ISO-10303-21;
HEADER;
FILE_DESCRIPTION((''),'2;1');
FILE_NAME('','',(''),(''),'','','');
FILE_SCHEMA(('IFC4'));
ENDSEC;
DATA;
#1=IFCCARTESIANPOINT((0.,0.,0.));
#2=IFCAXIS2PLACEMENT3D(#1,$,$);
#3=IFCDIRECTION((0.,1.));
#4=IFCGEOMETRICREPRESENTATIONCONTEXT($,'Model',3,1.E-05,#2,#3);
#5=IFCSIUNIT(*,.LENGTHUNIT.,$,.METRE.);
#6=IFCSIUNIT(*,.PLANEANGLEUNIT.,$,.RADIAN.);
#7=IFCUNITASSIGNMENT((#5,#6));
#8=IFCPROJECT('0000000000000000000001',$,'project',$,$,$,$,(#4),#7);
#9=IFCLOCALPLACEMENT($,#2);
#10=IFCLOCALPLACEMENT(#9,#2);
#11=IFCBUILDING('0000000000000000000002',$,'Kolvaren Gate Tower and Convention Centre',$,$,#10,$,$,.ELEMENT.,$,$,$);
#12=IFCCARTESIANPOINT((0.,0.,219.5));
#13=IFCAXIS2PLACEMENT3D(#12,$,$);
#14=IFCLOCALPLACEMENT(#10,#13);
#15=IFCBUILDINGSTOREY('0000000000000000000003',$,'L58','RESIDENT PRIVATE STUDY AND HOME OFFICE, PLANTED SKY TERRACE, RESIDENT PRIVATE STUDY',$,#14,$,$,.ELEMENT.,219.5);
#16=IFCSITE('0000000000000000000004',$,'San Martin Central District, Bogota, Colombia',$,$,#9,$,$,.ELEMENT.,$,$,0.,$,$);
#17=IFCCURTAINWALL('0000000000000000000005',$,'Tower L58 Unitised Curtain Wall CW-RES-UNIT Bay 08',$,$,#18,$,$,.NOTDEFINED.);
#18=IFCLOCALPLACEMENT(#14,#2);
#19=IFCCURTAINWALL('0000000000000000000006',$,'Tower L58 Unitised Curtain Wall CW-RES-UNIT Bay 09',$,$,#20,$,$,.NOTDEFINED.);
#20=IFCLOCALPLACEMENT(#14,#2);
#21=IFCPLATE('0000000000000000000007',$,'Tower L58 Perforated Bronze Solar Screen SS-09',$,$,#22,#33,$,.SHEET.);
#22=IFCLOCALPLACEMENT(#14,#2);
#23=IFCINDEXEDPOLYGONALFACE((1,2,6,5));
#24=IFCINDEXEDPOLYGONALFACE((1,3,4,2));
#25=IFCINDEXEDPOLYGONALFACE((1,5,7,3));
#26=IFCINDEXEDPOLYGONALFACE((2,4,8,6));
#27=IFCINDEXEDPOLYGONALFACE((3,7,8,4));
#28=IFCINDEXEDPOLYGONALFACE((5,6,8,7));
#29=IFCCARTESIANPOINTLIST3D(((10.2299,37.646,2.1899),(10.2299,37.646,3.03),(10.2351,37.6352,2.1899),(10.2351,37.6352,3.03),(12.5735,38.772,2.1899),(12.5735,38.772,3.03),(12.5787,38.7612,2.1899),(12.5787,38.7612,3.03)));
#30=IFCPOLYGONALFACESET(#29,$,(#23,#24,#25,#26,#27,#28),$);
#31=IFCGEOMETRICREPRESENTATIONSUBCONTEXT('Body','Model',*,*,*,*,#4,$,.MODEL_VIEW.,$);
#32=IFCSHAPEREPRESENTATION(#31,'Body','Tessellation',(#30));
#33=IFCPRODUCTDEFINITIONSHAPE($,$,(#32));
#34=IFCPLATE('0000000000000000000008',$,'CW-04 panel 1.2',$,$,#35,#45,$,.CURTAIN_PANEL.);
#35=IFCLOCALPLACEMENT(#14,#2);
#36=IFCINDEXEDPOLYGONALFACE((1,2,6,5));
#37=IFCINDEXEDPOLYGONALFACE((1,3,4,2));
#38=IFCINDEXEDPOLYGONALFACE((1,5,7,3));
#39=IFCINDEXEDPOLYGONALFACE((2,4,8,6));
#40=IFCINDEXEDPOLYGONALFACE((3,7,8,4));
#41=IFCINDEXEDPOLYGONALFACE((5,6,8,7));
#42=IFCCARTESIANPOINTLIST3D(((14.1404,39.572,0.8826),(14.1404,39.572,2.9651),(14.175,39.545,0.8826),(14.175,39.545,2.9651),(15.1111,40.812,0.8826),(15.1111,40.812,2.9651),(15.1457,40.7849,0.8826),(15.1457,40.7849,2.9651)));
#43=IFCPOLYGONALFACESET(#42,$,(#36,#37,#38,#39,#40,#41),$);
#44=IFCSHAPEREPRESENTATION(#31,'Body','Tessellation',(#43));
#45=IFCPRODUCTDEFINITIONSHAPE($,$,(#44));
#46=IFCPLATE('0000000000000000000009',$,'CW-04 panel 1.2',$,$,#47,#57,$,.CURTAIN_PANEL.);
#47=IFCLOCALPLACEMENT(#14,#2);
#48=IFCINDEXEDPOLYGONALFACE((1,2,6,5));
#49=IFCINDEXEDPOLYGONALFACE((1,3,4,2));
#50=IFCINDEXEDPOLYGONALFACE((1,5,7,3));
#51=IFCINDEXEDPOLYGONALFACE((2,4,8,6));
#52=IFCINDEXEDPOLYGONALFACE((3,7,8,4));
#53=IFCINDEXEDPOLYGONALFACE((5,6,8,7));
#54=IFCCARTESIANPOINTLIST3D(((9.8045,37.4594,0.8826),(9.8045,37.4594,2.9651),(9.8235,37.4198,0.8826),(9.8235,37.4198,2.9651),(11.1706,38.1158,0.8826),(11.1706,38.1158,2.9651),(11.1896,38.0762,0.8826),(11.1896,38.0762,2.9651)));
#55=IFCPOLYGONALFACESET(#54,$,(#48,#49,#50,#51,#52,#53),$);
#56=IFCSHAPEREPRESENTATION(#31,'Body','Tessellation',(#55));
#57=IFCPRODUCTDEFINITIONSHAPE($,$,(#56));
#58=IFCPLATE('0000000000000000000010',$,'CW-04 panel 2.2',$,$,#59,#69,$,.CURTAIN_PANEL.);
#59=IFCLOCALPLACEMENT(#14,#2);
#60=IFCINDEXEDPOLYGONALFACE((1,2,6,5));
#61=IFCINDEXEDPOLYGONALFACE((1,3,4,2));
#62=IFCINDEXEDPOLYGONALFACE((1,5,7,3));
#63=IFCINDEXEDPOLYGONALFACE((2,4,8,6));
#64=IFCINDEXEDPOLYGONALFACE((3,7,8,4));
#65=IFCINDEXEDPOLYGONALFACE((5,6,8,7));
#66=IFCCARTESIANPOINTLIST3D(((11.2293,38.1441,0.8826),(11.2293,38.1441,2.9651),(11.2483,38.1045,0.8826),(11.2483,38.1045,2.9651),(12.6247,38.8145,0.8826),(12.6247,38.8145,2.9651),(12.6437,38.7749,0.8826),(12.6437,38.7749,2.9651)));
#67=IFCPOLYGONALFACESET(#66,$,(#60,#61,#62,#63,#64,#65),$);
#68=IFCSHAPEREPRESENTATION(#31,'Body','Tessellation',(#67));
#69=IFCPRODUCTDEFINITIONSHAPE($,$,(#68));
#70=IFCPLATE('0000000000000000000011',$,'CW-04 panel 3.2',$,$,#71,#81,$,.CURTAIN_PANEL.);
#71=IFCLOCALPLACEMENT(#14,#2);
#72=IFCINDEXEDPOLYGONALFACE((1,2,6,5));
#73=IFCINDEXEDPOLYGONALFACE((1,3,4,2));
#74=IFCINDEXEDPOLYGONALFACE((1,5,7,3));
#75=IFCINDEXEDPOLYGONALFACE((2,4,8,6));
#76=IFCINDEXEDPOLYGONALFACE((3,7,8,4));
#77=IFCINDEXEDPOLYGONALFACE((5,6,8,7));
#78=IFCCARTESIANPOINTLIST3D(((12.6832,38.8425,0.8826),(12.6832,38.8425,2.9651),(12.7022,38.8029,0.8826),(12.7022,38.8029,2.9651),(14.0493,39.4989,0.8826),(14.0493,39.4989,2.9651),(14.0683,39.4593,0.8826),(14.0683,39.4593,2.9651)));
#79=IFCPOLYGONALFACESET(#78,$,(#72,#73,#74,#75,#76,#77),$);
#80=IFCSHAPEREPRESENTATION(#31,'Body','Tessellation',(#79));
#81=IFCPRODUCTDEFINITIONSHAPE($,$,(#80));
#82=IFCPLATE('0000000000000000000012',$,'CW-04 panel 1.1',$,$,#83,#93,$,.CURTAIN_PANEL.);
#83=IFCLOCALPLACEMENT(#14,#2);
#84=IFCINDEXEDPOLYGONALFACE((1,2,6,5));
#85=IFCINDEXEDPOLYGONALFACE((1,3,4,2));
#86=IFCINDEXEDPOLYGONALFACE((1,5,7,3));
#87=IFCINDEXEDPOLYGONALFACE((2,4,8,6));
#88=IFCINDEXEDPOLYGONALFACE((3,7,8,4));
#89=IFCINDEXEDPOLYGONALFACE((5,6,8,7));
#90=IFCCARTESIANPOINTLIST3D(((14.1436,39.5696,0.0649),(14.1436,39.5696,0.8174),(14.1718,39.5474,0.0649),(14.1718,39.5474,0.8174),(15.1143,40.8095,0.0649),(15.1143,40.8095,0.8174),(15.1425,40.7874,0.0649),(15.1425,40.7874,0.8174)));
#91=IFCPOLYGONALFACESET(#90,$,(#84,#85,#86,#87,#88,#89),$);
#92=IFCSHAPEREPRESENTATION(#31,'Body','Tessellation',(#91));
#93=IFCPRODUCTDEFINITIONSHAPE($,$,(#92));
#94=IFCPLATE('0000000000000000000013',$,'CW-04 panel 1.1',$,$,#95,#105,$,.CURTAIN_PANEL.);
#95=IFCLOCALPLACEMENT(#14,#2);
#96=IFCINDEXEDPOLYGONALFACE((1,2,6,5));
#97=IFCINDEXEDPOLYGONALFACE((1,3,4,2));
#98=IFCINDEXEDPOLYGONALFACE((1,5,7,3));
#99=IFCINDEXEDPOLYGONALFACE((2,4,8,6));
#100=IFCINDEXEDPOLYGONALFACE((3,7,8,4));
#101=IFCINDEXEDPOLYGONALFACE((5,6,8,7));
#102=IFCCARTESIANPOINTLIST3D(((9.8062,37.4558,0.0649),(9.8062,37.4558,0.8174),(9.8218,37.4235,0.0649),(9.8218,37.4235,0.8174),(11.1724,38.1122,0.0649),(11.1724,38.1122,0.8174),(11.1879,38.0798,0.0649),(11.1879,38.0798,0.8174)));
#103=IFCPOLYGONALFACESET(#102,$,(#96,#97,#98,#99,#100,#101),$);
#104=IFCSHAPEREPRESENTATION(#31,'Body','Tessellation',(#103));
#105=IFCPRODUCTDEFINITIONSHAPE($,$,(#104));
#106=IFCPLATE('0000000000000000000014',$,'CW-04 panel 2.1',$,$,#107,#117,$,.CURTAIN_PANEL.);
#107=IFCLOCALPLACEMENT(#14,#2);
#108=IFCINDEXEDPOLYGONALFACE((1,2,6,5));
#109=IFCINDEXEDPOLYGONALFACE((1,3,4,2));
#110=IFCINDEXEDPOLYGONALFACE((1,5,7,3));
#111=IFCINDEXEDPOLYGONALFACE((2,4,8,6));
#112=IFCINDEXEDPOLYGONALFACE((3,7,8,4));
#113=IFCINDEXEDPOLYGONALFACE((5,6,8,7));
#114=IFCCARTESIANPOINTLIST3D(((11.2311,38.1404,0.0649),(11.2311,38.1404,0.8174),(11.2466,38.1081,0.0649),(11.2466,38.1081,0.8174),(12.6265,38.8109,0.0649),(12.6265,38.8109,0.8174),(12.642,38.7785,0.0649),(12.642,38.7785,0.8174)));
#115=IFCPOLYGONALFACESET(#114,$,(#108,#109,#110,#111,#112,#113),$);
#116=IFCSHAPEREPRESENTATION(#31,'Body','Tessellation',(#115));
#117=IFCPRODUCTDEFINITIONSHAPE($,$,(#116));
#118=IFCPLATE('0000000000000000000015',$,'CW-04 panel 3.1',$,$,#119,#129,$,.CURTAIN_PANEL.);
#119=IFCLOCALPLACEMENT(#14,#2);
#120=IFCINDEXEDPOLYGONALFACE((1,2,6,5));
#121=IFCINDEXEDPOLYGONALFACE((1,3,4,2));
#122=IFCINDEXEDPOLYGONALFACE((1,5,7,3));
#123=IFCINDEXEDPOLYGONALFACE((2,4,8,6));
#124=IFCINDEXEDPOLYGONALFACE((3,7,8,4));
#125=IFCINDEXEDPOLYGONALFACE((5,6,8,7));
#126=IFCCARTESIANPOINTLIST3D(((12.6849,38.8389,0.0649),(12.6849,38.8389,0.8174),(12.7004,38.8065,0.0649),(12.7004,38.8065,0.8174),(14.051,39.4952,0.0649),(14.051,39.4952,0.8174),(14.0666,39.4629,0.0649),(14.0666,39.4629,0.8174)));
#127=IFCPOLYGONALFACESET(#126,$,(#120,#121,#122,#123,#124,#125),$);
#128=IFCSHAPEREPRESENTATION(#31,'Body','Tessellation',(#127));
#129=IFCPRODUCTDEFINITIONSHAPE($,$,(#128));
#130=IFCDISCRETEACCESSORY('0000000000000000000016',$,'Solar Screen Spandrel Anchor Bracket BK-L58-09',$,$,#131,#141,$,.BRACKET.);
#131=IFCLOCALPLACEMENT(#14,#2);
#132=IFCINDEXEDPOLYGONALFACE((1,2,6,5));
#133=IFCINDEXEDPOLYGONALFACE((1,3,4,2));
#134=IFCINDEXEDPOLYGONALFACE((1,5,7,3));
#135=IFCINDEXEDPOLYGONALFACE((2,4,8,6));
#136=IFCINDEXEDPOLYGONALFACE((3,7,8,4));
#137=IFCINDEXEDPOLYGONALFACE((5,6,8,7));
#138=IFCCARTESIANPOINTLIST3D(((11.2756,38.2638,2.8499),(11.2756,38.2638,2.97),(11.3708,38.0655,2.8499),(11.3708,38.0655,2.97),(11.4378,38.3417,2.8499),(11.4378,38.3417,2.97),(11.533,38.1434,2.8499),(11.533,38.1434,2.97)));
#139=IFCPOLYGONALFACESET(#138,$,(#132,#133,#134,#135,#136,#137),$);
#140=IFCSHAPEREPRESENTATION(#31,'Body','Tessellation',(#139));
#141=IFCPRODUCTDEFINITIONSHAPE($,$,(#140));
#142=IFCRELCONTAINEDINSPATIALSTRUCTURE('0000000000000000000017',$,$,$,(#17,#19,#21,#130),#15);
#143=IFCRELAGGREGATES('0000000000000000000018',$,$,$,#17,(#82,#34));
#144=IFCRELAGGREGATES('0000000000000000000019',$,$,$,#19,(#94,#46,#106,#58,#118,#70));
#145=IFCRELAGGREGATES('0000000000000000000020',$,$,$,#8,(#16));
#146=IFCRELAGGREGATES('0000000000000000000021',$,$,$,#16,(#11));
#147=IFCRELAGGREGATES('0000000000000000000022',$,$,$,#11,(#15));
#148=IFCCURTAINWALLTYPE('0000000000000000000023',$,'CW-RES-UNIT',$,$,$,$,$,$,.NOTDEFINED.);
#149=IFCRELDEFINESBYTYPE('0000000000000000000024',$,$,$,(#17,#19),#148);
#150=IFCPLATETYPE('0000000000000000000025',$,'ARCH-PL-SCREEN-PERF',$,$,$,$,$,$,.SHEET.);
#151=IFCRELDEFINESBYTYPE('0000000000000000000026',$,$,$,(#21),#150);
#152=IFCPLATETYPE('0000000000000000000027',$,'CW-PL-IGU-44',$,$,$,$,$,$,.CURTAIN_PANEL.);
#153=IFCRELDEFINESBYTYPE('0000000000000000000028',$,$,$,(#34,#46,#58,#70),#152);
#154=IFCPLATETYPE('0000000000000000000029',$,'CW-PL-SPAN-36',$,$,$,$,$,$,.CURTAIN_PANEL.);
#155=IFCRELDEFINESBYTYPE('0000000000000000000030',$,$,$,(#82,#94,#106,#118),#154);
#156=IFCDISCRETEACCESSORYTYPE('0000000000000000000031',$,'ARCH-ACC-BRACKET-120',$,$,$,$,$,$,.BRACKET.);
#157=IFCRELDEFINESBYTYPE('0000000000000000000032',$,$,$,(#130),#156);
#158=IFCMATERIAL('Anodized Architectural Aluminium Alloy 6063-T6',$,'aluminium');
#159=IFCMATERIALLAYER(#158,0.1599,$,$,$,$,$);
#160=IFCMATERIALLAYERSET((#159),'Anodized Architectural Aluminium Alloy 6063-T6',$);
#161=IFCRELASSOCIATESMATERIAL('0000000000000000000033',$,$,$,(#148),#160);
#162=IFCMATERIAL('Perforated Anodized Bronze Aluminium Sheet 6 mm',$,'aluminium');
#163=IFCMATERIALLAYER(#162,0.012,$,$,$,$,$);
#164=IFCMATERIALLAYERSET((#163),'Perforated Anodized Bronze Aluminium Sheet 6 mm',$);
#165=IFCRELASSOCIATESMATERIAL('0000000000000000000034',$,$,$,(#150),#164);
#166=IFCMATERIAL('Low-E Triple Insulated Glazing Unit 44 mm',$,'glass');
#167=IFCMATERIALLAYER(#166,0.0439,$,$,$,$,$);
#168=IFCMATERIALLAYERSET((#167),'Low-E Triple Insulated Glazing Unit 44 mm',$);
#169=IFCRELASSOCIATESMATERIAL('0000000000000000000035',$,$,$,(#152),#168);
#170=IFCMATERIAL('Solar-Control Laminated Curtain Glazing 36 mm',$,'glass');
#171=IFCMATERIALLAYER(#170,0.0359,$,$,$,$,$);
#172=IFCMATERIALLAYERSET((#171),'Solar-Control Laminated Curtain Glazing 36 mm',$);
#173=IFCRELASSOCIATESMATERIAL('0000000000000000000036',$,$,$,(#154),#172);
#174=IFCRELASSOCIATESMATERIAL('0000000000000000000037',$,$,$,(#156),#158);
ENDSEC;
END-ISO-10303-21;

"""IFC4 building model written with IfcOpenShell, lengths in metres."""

from ifc_helpers import new_model, si_unit, direction, frame, origin, origin_2d, place, context, subcontext, project, spatial, rectangle, extrude, material, layer, layer_set, type_object, element, aggregate, save


model = new_model("IFC4")

# Units and contexts
model_context = context("Model", 3, precision=1e-05, world=origin(), true_north=direction((0.0, 1.0)))
body_context = subcontext(model_context, "Body", "Model", "MODEL_VIEW")
ifc_project = project(units=[si_unit("LENGTHUNIT", "METRE"), si_unit("PLANEANGLEUNIT", "RADIAN")], contexts=[model_context])

# Site, building, storey
site_placement = place(None, origin())
site = spatial("IfcSite", under=ifc_project, at=site_placement, Name="San Martin Central District, Bogota, Colombia", CompositionType="ELEMENT", RefElevation=0.0)
building_placement = place(site_placement, origin())
building = spatial("IfcBuilding", under=site, at=building_placement, Name="Kolvaren Gate Tower and Convention Centre", CompositionType="ELEMENT")
storey_placement = place(building_placement, frame((0.0, 0.0, 219.5)))
storey = spatial("IfcBuildingStorey", under=building, at=storey_placement, Name="L58", Description="RESIDENT PRIVATE STUDY AND HOME OFFICE, PLANTED SKY TERRACE, RESIDENT PRIVATE STUDY", CompositionType="ELEMENT", Elevation=219.5)

# Curtain walls
ifc_material_1 = material(Name="Anodized Architectural Aluminium Alloy 6063-T6", Category="aluminium")
ifc_layer_1 = layer(ifc_material_1, 0.1599)
ifc_layer_set_1 = layer_set([ifc_layer_1], Name="Anodized Architectural Aluminium Alloy 6063-T6")
curtain_wall_type = type_object("IfcCurtainWallType", Name="CW-RES-UNIT", PredefinedType="NOTDEFINED", material=ifc_layer_set_1)
curtain_wall_1_placement = place(storey_placement, origin())
curtain_wall_1 = element("IfcCurtainWall", 1, at=curtain_wall_1_placement, inside=storey, type_object=curtain_wall_type, Name="Tower L58 Unitised Curtain Wall CW-RES-UNIT Bay 08", PredefinedType="NOTDEFINED")
curtain_wall_2_placement = place(storey_placement, origin())
curtain_wall_2 = element("IfcCurtainWall", 2, at=curtain_wall_2_placement, inside=storey, type_object=curtain_wall_type, Name="Tower L58 Unitised Curtain Wall CW-RES-UNIT Bay 09", PredefinedType="NOTDEFINED")

# Plates
ifc_material_2 = material(Name="Perforated Anodized Bronze Aluminium Sheet 6 mm", Category="aluminium")
ifc_layer_2 = layer(ifc_material_2, 0.012)
ifc_layer_set_2 = layer_set([ifc_layer_2], Name="Perforated Anodized Bronze Aluminium Sheet 6 mm")
plate_type_1 = type_object("IfcPlateType", Name="ARCH-PL-SCREEN-PERF", PredefinedType="SHEET", material=ifc_layer_set_2)
plate_1_placement = place(storey_placement, frame((11.4043, 38.2036, 2.1899), z_axis=(0.0, 0.0, 1.0), x_axis=(0.901359, 0.433072, 0.0)))
element("IfcPlate", 3, at=plate_1_placement, inside=storey, type_object=plate_type_1, Name="Tower L58 Perforated Bronze Solar Screen SS-09", PredefinedType="SHEET", context=body_context, shape_type="SweptSolid", body=[
    extrude(rectangle(XDim=2.6001, YDim=0.012, at=origin_2d()), origin(), (0.0, 0.0, 1.0), 0.8401),
])
ifc_material_3 = material(Name="Low-E Triple Insulated Glazing Unit 44 mm", Category="glass")
ifc_layer_3 = layer(ifc_material_3, 0.0439)
ifc_layer_set_3 = layer_set([ifc_layer_3], Name="Low-E Triple Insulated Glazing Unit 44 mm")
plate_type_2 = type_object("IfcPlateType", Name="CW-PL-IGU-44", PredefinedType="CURTAIN_PANEL", material=ifc_layer_set_3)
plate_2_placement = place(storey_placement, frame((14.6431, 40.1785, 0.8826), z_axis=(0.0, 0.0, 1.0), x_axis=(0.61643, 0.78741, 0.0)))
plate_2 = element("IfcPlate", 4, at=plate_2_placement, type_object=plate_type_2, Name="CW-04 panel 1.2", PredefinedType="CURTAIN_PANEL", context=body_context, shape_type="SweptSolid", body=[
    extrude(rectangle(XDim=1.5747, YDim=0.0439, at=origin_2d()), origin(), (0.0, 0.0, 1.0), 2.0825),
])
plate_3_placement = place(storey_placement, frame((10.4971, 37.7678, 0.8826), z_axis=(0.0, 0.0, 1.0), x_axis=(0.901362, 0.433066, 0.0)))
plate_3 = element("IfcPlate", 5, at=plate_3_placement, type_object=plate_type_2, Name="CW-04 panel 1.2", PredefinedType="CURTAIN_PANEL", context=body_context, shape_type="SweptSolid", body=[
    extrude(rectangle(XDim=1.5156, YDim=0.0439, at=origin_2d()), origin(), (0.0, 0.0, 1.0), 2.0825),
])
plate_4_placement = place(storey_placement, frame((11.9365, 38.4595, 0.8826), z_axis=(0.0, 0.0, 1.0), x_axis=(0.901362, 0.433066, 0.0)))
plate_4 = element("IfcPlate", 6, at=plate_4_placement, type_object=plate_type_2, Name="CW-04 panel 2.2", PredefinedType="CURTAIN_PANEL", context=body_context, shape_type="SweptSolid", body=[
    extrude(rectangle(XDim=1.5481, YDim=0.0439, at=origin_2d()), origin(), (0.0, 0.0, 1.0), 2.0825),
])
plate_5_placement = place(storey_placement, frame((13.3757, 39.1509, 0.8826), z_axis=(0.0, 0.0, 1.0), x_axis=(0.901362, 0.433066, 0.0)))
plate_5 = element("IfcPlate", 7, at=plate_5_placement, type_object=plate_type_2, Name="CW-04 panel 3.2", PredefinedType="CURTAIN_PANEL", context=body_context, shape_type="SweptSolid", body=[
    extrude(rectangle(XDim=1.5156, YDim=0.0439, at=origin_2d()), origin(), (0.0, 0.0, 1.0), 2.0825),
])
ifc_material_4 = material(Name="Solar-Control Laminated Curtain Glazing 36 mm", Category="glass")
ifc_layer_4 = layer(ifc_material_4, 0.0359)
ifc_layer_set_4 = layer_set([ifc_layer_4], Name="Solar-Control Laminated Curtain Glazing 36 mm")
plate_type_3 = type_object("IfcPlateType", Name="CW-PL-SPAN-36", PredefinedType="CURTAIN_PANEL", material=ifc_layer_set_4)
plate_6_placement = place(storey_placement, frame((14.6431, 40.1785, 0.0649), z_axis=(0.0, 0.0, 1.0), x_axis=(0.61643, 0.78741, 0.0)))
plate_6 = element("IfcPlate", 8, at=plate_6_placement, type_object=plate_type_3, Name="CW-04 panel 1.1", PredefinedType="CURTAIN_PANEL", context=body_context, shape_type="SweptSolid", body=[
    extrude(rectangle(XDim=1.5747, YDim=0.0359, at=origin_2d()), origin(), (0.0, 0.0, 1.0), 0.7524),
])
aggregate(curtain_wall_1, [plate_6, plate_2])
plate_7_placement = place(storey_placement, frame((10.4971, 37.7678, 0.0649), z_axis=(0.0, 0.0, 1.0), x_axis=(0.901362, 0.433066, 0.0)))
plate_7 = element("IfcPlate", 9, at=plate_7_placement, type_object=plate_type_3, Name="CW-04 panel 1.1", PredefinedType="CURTAIN_PANEL", context=body_context, shape_type="SweptSolid", body=[
    extrude(rectangle(XDim=1.5156, YDim=0.0359, at=origin_2d()), origin(), (0.0, 0.0, 1.0), 0.7524),
])
plate_8_placement = place(storey_placement, frame((11.9365, 38.4595, 0.0649), z_axis=(0.0, 0.0, 1.0), x_axis=(0.901362, 0.433066, 0.0)))
plate_8 = element("IfcPlate", 10, at=plate_8_placement, type_object=plate_type_3, Name="CW-04 panel 2.1", PredefinedType="CURTAIN_PANEL", context=body_context, shape_type="SweptSolid", body=[
    extrude(rectangle(XDim=1.5481, YDim=0.0359, at=origin_2d()), origin(), (0.0, 0.0, 1.0), 0.7524),
])
plate_9_placement = place(storey_placement, frame((13.3757, 39.1509, 0.0649), z_axis=(0.0, 0.0, 1.0), x_axis=(0.901362, 0.433066, 0.0)))
plate_9 = element("IfcPlate", 11, at=plate_9_placement, type_object=plate_type_3, Name="CW-04 panel 3.1", PredefinedType="CURTAIN_PANEL", context=body_context, shape_type="SweptSolid", body=[
    extrude(rectangle(XDim=1.5156, YDim=0.0359, at=origin_2d()), origin(), (0.0, 0.0, 1.0), 0.7524),
])
aggregate(curtain_wall_2, [plate_7, plate_3, plate_8, plate_4, plate_9, plate_5])

# Discrete accessory
discrete_accessory_type = type_object("IfcDiscreteAccessoryType", Name="ARCH-ACC-BRACKET-120", PredefinedType="BRACKET", material=ifc_material_1)
discrete_accessory_placement = place(storey_placement, frame((11.4043, 38.2036, 2.8499), z_axis=(0.0, 0.0, 1.0), x_axis=(0.901359, 0.433072, 0.0)))
element("IfcDiscreteAccessory", 12, at=discrete_accessory_placement, inside=storey, type_object=discrete_accessory_type, Name="Solar Screen Spandrel Anchor Bracket BK-L58-09", PredefinedType="BRACKET", context=body_context, shape_type="SweptSolid", body=[
    extrude(rectangle(XDim=0.1799, YDim=0.22, at=origin_2d()), origin(), (0.0, 0.0, 1.0), 0.1201),
])

save(model, "model.ifc")
